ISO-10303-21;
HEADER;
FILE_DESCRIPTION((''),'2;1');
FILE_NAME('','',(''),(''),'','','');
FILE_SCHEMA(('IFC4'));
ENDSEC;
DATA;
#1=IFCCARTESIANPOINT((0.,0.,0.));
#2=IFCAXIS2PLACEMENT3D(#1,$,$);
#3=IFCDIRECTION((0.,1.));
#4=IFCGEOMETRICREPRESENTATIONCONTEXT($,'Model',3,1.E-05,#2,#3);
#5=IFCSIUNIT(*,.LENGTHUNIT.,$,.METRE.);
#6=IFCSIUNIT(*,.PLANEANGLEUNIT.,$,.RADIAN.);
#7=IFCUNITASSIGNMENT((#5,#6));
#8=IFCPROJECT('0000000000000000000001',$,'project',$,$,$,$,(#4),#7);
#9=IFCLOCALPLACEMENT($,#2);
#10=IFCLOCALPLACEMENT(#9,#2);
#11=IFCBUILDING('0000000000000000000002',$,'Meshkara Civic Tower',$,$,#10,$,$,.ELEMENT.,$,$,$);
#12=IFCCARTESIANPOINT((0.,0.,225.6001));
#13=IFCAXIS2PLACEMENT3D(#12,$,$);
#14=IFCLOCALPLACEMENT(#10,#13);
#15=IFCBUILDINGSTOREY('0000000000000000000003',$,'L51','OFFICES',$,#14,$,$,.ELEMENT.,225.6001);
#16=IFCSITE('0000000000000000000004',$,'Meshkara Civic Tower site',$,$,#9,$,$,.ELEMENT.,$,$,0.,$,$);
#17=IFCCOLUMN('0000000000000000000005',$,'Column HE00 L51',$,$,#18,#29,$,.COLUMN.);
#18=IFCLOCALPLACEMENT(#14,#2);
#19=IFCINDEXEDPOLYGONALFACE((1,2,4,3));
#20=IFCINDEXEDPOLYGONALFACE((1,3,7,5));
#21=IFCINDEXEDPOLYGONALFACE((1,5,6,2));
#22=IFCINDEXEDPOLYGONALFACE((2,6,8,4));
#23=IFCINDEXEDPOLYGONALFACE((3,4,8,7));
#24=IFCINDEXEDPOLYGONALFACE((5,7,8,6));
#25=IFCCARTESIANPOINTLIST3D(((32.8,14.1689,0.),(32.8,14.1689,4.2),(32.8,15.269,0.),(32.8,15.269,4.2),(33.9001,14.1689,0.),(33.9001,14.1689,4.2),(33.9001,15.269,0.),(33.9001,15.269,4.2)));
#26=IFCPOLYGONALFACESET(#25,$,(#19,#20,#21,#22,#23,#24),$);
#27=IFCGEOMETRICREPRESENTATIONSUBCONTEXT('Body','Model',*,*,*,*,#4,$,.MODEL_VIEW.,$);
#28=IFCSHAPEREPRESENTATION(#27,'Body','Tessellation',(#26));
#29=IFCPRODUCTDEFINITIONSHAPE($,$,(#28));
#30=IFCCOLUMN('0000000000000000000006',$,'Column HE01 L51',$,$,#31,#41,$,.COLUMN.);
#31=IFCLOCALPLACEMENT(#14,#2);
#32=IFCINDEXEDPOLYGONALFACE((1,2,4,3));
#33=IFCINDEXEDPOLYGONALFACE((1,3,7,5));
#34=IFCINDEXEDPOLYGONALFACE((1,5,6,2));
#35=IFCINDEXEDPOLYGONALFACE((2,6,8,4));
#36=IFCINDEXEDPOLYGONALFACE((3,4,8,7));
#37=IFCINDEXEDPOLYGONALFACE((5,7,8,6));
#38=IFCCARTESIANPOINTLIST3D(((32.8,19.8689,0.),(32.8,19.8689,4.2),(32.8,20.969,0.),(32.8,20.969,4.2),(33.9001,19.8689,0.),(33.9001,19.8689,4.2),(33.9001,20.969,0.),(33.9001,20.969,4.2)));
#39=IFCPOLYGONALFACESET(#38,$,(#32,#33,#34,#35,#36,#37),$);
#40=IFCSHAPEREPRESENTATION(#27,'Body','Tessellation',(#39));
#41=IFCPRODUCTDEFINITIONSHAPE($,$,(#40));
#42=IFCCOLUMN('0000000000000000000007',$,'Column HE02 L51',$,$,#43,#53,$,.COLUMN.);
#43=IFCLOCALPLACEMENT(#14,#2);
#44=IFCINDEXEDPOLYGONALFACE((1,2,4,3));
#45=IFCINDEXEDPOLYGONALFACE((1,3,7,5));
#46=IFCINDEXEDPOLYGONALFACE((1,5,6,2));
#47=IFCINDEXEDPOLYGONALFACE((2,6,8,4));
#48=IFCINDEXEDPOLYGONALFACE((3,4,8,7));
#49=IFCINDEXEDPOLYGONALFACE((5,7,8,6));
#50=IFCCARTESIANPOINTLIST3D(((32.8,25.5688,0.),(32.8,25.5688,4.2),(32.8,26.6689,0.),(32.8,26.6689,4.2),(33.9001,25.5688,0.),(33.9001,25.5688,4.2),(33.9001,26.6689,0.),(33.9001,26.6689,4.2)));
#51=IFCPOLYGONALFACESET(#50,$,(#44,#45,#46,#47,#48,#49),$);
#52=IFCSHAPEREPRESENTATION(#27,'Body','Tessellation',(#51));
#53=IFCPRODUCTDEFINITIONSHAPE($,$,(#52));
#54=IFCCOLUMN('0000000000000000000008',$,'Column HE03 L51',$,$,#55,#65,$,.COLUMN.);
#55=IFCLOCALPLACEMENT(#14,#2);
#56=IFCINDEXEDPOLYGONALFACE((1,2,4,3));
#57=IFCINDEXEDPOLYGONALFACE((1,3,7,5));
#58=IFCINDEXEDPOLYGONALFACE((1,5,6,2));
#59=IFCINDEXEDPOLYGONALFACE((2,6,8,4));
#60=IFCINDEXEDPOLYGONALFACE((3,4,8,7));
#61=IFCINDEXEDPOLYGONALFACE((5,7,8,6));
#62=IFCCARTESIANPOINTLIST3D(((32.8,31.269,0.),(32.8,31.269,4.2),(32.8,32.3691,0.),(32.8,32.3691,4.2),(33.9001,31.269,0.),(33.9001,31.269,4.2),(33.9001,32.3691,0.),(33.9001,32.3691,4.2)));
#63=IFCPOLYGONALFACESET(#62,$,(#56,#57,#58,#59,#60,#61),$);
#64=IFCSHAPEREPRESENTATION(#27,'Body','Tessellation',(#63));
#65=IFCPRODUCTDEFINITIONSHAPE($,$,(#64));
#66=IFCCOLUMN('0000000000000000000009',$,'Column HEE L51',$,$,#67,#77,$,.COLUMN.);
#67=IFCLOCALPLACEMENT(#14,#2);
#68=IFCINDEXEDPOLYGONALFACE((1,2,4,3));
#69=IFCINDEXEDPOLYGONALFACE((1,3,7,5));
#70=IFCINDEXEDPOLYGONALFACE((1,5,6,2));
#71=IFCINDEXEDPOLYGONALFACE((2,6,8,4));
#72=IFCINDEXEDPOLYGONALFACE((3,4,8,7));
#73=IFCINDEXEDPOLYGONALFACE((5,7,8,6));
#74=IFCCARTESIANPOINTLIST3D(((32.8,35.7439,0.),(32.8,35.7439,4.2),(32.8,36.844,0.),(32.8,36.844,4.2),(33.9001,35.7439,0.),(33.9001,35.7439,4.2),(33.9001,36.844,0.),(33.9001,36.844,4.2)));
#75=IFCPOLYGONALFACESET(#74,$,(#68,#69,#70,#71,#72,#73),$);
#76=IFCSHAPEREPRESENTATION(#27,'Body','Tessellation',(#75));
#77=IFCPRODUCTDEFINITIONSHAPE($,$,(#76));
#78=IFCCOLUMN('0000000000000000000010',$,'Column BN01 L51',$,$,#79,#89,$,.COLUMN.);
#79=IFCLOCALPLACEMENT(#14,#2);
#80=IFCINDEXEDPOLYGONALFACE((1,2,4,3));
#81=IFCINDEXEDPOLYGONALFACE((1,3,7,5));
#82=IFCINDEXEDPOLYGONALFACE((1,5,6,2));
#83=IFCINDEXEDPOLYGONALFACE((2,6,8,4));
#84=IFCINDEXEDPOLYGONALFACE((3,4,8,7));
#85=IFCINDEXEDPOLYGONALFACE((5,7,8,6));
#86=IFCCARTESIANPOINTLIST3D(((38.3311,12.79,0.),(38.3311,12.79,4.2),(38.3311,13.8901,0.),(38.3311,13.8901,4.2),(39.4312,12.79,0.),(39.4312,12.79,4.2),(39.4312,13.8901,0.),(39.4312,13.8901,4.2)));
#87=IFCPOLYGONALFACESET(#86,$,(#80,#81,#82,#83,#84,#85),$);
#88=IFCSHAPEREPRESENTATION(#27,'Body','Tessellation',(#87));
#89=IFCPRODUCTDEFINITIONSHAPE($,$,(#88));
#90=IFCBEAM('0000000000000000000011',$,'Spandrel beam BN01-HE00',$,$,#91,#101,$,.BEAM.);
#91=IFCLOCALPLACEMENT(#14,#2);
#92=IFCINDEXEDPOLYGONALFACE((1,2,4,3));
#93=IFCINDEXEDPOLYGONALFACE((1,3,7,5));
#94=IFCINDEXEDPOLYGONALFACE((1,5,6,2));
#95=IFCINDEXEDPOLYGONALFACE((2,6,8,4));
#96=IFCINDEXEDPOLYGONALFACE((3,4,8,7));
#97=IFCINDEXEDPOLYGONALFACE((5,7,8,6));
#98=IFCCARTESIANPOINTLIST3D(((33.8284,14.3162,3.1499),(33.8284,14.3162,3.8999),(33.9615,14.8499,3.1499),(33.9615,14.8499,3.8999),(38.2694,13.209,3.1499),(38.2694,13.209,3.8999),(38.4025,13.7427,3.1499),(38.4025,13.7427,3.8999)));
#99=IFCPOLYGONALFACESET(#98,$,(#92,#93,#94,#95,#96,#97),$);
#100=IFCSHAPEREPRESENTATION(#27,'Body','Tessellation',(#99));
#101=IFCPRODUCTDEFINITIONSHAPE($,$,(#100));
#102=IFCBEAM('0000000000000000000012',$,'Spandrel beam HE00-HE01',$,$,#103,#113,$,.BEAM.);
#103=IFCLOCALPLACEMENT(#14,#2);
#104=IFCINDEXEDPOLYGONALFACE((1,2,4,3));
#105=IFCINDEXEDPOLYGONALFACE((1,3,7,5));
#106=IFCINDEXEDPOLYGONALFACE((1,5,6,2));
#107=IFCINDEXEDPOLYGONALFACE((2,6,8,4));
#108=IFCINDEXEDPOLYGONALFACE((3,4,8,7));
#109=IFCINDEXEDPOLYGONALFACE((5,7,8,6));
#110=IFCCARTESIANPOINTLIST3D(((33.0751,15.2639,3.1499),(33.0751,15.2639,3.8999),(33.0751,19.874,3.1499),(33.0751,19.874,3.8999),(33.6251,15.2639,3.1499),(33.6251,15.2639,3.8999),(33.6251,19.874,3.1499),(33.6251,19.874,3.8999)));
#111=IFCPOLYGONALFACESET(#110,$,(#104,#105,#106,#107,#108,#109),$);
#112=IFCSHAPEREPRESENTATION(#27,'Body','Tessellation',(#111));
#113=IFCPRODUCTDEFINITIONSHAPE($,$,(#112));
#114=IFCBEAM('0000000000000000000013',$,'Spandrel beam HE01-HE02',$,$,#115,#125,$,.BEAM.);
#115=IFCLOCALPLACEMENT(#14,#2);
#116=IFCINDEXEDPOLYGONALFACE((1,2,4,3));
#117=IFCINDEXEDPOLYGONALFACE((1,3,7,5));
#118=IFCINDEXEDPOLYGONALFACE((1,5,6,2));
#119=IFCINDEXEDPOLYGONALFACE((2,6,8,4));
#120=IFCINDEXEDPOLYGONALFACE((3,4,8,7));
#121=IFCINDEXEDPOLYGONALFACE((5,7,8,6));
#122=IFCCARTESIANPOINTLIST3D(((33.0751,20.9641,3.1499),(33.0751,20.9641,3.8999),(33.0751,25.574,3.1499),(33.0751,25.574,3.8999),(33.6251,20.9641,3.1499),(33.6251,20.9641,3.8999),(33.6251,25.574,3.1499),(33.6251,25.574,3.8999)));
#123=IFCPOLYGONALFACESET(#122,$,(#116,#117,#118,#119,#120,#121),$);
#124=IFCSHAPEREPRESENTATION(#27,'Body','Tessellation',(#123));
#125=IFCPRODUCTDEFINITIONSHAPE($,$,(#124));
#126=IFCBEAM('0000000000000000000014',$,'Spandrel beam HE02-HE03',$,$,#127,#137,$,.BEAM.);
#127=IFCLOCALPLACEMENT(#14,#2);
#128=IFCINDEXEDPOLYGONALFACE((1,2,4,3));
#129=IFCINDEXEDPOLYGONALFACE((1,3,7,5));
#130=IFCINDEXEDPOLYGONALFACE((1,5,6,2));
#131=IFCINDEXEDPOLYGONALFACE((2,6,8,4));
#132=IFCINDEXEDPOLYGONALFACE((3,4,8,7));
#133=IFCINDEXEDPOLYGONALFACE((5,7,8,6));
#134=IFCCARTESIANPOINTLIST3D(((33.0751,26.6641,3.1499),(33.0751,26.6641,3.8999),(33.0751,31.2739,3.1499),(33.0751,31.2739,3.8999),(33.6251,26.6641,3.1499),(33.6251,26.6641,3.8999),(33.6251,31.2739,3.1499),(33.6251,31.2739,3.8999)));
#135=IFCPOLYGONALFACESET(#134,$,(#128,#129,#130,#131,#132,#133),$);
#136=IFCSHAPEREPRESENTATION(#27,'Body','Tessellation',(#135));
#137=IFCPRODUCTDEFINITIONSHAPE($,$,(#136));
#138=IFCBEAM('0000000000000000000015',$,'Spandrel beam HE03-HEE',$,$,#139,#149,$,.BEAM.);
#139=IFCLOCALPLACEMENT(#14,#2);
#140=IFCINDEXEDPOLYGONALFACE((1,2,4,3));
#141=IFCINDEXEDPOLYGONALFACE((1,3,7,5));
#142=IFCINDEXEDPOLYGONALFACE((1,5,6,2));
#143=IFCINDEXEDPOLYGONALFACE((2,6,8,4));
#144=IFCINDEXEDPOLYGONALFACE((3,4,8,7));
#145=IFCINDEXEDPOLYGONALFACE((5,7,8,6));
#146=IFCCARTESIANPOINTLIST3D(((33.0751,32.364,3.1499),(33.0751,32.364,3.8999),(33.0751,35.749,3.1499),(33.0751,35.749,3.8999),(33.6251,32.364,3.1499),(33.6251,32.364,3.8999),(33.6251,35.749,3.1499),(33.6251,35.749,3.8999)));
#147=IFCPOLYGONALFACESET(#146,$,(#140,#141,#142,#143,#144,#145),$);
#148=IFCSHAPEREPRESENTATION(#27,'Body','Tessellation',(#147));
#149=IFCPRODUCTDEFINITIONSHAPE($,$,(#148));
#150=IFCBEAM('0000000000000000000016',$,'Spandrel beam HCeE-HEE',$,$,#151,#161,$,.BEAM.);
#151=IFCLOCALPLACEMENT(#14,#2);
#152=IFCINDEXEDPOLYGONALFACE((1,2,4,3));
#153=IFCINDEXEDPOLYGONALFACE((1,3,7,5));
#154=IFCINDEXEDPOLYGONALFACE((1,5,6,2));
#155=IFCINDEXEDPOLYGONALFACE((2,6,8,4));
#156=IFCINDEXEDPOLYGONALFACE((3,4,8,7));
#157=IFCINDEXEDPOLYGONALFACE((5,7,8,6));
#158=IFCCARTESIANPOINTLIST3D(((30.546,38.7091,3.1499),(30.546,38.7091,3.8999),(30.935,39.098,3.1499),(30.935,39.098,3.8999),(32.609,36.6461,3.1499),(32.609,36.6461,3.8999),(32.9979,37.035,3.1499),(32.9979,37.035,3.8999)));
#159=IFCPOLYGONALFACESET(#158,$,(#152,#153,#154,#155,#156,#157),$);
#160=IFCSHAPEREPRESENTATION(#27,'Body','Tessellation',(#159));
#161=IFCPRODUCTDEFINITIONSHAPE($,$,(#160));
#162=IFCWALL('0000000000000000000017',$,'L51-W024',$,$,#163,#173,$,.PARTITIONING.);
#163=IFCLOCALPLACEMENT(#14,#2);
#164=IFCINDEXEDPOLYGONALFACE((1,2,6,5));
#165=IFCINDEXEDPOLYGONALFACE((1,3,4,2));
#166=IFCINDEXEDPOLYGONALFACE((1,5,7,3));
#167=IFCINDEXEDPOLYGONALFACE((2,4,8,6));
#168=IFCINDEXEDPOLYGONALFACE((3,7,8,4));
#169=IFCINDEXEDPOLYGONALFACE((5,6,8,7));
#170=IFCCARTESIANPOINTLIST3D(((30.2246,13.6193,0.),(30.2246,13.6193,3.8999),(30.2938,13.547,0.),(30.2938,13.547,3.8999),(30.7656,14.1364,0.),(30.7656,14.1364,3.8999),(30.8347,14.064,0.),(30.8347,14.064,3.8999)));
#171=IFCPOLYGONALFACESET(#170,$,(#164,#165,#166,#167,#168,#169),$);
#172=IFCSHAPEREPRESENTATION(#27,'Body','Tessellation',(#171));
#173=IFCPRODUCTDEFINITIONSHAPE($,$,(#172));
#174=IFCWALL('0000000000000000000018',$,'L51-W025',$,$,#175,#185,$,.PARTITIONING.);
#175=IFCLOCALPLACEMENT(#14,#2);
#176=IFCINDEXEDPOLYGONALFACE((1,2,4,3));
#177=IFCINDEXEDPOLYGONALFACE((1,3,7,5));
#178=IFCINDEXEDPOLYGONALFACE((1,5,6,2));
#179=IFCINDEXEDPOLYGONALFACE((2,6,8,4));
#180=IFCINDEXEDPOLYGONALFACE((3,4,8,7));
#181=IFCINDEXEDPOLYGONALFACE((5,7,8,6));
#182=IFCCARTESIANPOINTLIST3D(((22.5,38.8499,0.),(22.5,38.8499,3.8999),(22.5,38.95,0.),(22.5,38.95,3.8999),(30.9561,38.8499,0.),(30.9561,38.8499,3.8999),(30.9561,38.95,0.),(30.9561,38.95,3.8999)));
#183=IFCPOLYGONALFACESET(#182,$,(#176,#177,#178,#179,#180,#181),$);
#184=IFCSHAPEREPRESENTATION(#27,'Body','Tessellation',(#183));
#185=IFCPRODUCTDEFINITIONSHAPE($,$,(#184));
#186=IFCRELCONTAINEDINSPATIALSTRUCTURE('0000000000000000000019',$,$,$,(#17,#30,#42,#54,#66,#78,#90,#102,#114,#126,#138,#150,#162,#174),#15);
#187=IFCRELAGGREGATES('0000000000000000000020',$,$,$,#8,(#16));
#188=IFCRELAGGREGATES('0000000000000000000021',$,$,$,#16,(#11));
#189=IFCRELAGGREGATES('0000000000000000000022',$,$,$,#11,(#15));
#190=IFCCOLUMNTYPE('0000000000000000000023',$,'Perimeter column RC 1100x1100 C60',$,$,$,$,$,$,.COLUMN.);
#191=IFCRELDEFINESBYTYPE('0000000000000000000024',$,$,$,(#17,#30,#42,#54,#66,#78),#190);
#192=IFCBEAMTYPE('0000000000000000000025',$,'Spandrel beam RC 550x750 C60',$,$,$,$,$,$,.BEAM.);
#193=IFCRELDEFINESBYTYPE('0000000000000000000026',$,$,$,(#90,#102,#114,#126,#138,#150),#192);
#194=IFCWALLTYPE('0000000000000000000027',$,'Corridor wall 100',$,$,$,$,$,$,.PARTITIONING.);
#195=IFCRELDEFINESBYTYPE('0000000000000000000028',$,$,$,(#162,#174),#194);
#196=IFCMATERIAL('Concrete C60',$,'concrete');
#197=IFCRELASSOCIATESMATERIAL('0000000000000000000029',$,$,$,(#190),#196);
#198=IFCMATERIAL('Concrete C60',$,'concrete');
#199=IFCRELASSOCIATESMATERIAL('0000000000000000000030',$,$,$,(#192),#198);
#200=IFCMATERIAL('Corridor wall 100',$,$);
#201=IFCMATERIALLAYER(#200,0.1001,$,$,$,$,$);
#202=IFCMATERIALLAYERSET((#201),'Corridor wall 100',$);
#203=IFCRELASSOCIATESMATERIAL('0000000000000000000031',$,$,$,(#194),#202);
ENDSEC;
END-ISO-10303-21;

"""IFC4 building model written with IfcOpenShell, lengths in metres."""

from ifc_helpers import new_model, si_unit, direction, frame, frame_2d, origin, origin_2d, place, context, subcontext, project, spatial, rectangle, extrude, material, layer, layer_set, material_profile, profile_set, type_object, element, save


model = new_model("IFC4")

# Units and contexts
model_context = context("Model", 3, precision=1e-05, world=origin(), true_north=direction((0.0, 1.0)))
body_context = subcontext(model_context, "Body", "Model", "MODEL_VIEW")
ifc_project = project(units=[si_unit("LENGTHUNIT", "METRE"), si_unit("PLANEANGLEUNIT", "RADIAN")], contexts=[model_context])

# Site, building, storey
site_placement = place(None, origin())
site = spatial("IfcSite", under=ifc_project, at=site_placement, Name="Meshkara Civic Tower site", CompositionType="ELEMENT", RefElevation=0.0)
building_placement = place(site_placement, origin())
building = spatial("IfcBuilding", under=site, at=building_placement, Name="Meshkara Civic Tower", CompositionType="ELEMENT")
storey_placement = place(building_placement, frame((0.0, 0.0, 225.6001)))
storey = spatial("IfcBuildingStorey", under=building, at=storey_placement, Name="L51", Description="OFFICES", CompositionType="ELEMENT", Elevation=225.6001)

# Columns
ifc_material_1 = material(Name="Concrete C60", Category="concrete")
ifc_material_profile_1 = material_profile(ifc_material_1, rectangle(XDim=1.1001, YDim=1.1001, at=origin_2d()))
ifc_profile_set_1 = profile_set([ifc_material_profile_1], Name="Concrete C60")
column_type = type_object("IfcColumnType", Name="Perimeter column RC 1100x1100 C60", PredefinedType="COLUMN", material=ifc_profile_set_1)
for number, where, z_axis, x_axis, name in (
    (1, (33.3501, 14.719, 0.0), (0.0, 0.0, 1.0), (1.0, 0.0, 0.0), "Column HE00 L51"),
    (2, (33.3501, 20.4189, 0.0), (0.0, 0.0, 1.0), (1.0, 0.0, 0.0), "Column HE01 L51"),
    (3, (33.3501, 26.1189, 0.0), (0.0, 0.0, 1.0), (1.0, 0.0, 0.0), "Column HE02 L51"),
    (4, (33.3501, 31.8191, 0.0), (0.0, 0.0, 1.0), (1.0, 0.0, 0.0), "Column HE03 L51"),
    (5, (33.3501, 36.2939, 0.0), (0.0, 0.0, 1.0), (1.0, 0.0, 0.0), "Column HEE L51"),
    (6, (38.8811, 13.3401, 0.0), (0.0, 0.0, 1.0), (1.0, 0.0, 0.0), "Column BN01 L51"),
):
    element("IfcColumn", number, at=place(storey_placement, frame(where, z_axis=z_axis, x_axis=x_axis)), inside=storey, type_object=column_type, Name=name, PredefinedType="COLUMN", context=body_context, shape_type="SweptSolid", body=[
        extrude(rectangle(XDim=1.1001, YDim=1.1001, at=origin_2d()), origin(), (0.0, 0.0, 1.0), 4.2),
    ])

# Beams
ifc_material_2 = material(Name="Concrete C60", Category="concrete")
ifc_material_profile_2 = material_profile(ifc_material_2, rectangle(XDim=0.55, YDim=0.75, at=origin_2d()))
ifc_profile_set_2 = profile_set([ifc_material_profile_2], Name="Concrete C60")
beam_type = type_object("IfcBeamType", Name="Spandrel beam RC 550x750 C60", PredefinedType="BEAM", material=ifc_profile_set_2)
beam_1_placement = place(storey_placement, frame((38.3359, 13.4758, 3.5249), z_axis=(-0.970299, 0.241908, 0.0), x_axis=(-0.241908, -0.970299, 0.0)))
element("IfcBeam", 7, at=beam_1_placement, inside=storey, type_object=beam_type, Name="Spandrel beam BN01-HE00", PredefinedType="BEAM", context=body_context, shape_type="SweptSolid", body=[
    extrude(rectangle(XDim=0.55, YDim=0.75, at=origin_2d()), origin(), (0.0, 0.0, 1.0), 4.5769),
])
beam_2_placement = place(storey_placement, frame((33.3501, 15.2639, 3.5249), z_axis=(0.0, 1.0, 0.0), x_axis=(-1.0, 0.0, 0.0)))
element("IfcBeam", 8, at=beam_2_placement, inside=storey, type_object=beam_type, Name="Spandrel beam HE00-HE01", PredefinedType="BEAM", context=body_context, shape_type="SweptSolid", body=[
    extrude(rectangle(XDim=0.55, YDim=0.75, at=origin_2d()), origin(), (0.0, 0.0, 1.0), 4.6101),
])
for number, where, z_axis, x_axis, name in (
    (9, (33.3501, 20.9641, 3.5249), (0.0, 1.0, 0.0), (-1.0, 0.0, 0.0), "Spandrel beam HE01-HE02"),
    (10, (33.3501, 26.6641, 3.5249), (0.0, 1.0, 0.0), (-1.0, 0.0, 0.0), "Spandrel beam HE02-HE03"),
):
    element("IfcBeam", number, at=place(storey_placement, frame(where, z_axis=z_axis, x_axis=x_axis)), inside=storey, type_object=beam_type, Name=name, PredefinedType="BEAM", context=body_context, shape_type="SweptSolid", body=[
        extrude(rectangle(XDim=0.55, YDim=0.75, at=origin_2d()), origin(), (0.0, 0.0, 1.0), 4.6099),
    ])
beam_3_placement = place(storey_placement, frame((33.3501, 32.364, 3.5249), z_axis=(0.0, 1.0, 0.0), x_axis=(-1.0, 0.0, 0.0)))
element("IfcBeam", 11, at=beam_3_placement, inside=storey, type_object=beam_type, Name="Spandrel beam HE03-HEE", PredefinedType="BEAM", context=body_context, shape_type="SweptSolid", body=[
    extrude(rectangle(XDim=0.55, YDim=0.75, at=origin_2d()), origin(), (0.0, 0.0, 1.0), 3.385),
])
beam_4_placement = place(storey_placement, frame((32.8035, 36.8406, 3.5249), z_axis=(-0.707107, 0.707107, 0.0), x_axis=(-0.707107, -0.707107, 0.0)))
element("IfcBeam", 12, at=beam_4_placement, inside=storey, type_object=beam_type, Name="Spandrel beam HCeE-HEE", PredefinedType="BEAM", context=body_context, shape_type="SweptSolid", body=[
    extrude(rectangle(XDim=0.55, YDim=0.75, at=origin_2d()), origin(), (0.0, 0.0, 1.0), 2.9175),
])

# Walls
ifc_material_3 = material(Name="Corridor wall 100")
ifc_layer_1 = layer(ifc_material_3, 0.1001)
ifc_layer_set_1 = layer_set([ifc_layer_1], Name="Corridor wall 100")
wall_type_1 = type_object("IfcWallType", Name="Corridor wall 100", PredefinedType="PARTITIONING", material=ifc_layer_set_1)
wall_1_placement = place(storey_placement, frame((30.8, 14.1001, 0.0), z_axis=(0.0, 0.0, 1.0), x_axis=(-0.722911, -0.690941, 0.0)))
element("IfcWall", 13, at=wall_1_placement, inside=storey, type_object=wall_type_1, Name="L51-W024", PredefinedType="PARTITIONING", context=body_context, shape_type="SweptSolid", body=[
    extrude(rectangle(XDim=0.7483, YDim=0.1001, at=frame_2d((0.374, 0.0))), origin(), (0.0, 0.0, 1.0), 3.8999),
])
wall_2_placement = place(storey_placement, frame((30.9561, 38.8999, 0.0), z_axis=(0.0, 0.0, 1.0), x_axis=(-1.0, 0.0, 0.0)))
element("IfcWall", 14, at=wall_2_placement, inside=storey, type_object=wall_type_1, Name="L51-W025", PredefinedType="PARTITIONING", context=body_context, shape_type="SweptSolid", body=[
    extrude(rectangle(XDim=8.4561, YDim=0.1001, at=frame_2d((4.228, 0.0))), origin(), (0.0, 0.0, 1.0), 3.8999),
])

save(model, "model.ifc")
